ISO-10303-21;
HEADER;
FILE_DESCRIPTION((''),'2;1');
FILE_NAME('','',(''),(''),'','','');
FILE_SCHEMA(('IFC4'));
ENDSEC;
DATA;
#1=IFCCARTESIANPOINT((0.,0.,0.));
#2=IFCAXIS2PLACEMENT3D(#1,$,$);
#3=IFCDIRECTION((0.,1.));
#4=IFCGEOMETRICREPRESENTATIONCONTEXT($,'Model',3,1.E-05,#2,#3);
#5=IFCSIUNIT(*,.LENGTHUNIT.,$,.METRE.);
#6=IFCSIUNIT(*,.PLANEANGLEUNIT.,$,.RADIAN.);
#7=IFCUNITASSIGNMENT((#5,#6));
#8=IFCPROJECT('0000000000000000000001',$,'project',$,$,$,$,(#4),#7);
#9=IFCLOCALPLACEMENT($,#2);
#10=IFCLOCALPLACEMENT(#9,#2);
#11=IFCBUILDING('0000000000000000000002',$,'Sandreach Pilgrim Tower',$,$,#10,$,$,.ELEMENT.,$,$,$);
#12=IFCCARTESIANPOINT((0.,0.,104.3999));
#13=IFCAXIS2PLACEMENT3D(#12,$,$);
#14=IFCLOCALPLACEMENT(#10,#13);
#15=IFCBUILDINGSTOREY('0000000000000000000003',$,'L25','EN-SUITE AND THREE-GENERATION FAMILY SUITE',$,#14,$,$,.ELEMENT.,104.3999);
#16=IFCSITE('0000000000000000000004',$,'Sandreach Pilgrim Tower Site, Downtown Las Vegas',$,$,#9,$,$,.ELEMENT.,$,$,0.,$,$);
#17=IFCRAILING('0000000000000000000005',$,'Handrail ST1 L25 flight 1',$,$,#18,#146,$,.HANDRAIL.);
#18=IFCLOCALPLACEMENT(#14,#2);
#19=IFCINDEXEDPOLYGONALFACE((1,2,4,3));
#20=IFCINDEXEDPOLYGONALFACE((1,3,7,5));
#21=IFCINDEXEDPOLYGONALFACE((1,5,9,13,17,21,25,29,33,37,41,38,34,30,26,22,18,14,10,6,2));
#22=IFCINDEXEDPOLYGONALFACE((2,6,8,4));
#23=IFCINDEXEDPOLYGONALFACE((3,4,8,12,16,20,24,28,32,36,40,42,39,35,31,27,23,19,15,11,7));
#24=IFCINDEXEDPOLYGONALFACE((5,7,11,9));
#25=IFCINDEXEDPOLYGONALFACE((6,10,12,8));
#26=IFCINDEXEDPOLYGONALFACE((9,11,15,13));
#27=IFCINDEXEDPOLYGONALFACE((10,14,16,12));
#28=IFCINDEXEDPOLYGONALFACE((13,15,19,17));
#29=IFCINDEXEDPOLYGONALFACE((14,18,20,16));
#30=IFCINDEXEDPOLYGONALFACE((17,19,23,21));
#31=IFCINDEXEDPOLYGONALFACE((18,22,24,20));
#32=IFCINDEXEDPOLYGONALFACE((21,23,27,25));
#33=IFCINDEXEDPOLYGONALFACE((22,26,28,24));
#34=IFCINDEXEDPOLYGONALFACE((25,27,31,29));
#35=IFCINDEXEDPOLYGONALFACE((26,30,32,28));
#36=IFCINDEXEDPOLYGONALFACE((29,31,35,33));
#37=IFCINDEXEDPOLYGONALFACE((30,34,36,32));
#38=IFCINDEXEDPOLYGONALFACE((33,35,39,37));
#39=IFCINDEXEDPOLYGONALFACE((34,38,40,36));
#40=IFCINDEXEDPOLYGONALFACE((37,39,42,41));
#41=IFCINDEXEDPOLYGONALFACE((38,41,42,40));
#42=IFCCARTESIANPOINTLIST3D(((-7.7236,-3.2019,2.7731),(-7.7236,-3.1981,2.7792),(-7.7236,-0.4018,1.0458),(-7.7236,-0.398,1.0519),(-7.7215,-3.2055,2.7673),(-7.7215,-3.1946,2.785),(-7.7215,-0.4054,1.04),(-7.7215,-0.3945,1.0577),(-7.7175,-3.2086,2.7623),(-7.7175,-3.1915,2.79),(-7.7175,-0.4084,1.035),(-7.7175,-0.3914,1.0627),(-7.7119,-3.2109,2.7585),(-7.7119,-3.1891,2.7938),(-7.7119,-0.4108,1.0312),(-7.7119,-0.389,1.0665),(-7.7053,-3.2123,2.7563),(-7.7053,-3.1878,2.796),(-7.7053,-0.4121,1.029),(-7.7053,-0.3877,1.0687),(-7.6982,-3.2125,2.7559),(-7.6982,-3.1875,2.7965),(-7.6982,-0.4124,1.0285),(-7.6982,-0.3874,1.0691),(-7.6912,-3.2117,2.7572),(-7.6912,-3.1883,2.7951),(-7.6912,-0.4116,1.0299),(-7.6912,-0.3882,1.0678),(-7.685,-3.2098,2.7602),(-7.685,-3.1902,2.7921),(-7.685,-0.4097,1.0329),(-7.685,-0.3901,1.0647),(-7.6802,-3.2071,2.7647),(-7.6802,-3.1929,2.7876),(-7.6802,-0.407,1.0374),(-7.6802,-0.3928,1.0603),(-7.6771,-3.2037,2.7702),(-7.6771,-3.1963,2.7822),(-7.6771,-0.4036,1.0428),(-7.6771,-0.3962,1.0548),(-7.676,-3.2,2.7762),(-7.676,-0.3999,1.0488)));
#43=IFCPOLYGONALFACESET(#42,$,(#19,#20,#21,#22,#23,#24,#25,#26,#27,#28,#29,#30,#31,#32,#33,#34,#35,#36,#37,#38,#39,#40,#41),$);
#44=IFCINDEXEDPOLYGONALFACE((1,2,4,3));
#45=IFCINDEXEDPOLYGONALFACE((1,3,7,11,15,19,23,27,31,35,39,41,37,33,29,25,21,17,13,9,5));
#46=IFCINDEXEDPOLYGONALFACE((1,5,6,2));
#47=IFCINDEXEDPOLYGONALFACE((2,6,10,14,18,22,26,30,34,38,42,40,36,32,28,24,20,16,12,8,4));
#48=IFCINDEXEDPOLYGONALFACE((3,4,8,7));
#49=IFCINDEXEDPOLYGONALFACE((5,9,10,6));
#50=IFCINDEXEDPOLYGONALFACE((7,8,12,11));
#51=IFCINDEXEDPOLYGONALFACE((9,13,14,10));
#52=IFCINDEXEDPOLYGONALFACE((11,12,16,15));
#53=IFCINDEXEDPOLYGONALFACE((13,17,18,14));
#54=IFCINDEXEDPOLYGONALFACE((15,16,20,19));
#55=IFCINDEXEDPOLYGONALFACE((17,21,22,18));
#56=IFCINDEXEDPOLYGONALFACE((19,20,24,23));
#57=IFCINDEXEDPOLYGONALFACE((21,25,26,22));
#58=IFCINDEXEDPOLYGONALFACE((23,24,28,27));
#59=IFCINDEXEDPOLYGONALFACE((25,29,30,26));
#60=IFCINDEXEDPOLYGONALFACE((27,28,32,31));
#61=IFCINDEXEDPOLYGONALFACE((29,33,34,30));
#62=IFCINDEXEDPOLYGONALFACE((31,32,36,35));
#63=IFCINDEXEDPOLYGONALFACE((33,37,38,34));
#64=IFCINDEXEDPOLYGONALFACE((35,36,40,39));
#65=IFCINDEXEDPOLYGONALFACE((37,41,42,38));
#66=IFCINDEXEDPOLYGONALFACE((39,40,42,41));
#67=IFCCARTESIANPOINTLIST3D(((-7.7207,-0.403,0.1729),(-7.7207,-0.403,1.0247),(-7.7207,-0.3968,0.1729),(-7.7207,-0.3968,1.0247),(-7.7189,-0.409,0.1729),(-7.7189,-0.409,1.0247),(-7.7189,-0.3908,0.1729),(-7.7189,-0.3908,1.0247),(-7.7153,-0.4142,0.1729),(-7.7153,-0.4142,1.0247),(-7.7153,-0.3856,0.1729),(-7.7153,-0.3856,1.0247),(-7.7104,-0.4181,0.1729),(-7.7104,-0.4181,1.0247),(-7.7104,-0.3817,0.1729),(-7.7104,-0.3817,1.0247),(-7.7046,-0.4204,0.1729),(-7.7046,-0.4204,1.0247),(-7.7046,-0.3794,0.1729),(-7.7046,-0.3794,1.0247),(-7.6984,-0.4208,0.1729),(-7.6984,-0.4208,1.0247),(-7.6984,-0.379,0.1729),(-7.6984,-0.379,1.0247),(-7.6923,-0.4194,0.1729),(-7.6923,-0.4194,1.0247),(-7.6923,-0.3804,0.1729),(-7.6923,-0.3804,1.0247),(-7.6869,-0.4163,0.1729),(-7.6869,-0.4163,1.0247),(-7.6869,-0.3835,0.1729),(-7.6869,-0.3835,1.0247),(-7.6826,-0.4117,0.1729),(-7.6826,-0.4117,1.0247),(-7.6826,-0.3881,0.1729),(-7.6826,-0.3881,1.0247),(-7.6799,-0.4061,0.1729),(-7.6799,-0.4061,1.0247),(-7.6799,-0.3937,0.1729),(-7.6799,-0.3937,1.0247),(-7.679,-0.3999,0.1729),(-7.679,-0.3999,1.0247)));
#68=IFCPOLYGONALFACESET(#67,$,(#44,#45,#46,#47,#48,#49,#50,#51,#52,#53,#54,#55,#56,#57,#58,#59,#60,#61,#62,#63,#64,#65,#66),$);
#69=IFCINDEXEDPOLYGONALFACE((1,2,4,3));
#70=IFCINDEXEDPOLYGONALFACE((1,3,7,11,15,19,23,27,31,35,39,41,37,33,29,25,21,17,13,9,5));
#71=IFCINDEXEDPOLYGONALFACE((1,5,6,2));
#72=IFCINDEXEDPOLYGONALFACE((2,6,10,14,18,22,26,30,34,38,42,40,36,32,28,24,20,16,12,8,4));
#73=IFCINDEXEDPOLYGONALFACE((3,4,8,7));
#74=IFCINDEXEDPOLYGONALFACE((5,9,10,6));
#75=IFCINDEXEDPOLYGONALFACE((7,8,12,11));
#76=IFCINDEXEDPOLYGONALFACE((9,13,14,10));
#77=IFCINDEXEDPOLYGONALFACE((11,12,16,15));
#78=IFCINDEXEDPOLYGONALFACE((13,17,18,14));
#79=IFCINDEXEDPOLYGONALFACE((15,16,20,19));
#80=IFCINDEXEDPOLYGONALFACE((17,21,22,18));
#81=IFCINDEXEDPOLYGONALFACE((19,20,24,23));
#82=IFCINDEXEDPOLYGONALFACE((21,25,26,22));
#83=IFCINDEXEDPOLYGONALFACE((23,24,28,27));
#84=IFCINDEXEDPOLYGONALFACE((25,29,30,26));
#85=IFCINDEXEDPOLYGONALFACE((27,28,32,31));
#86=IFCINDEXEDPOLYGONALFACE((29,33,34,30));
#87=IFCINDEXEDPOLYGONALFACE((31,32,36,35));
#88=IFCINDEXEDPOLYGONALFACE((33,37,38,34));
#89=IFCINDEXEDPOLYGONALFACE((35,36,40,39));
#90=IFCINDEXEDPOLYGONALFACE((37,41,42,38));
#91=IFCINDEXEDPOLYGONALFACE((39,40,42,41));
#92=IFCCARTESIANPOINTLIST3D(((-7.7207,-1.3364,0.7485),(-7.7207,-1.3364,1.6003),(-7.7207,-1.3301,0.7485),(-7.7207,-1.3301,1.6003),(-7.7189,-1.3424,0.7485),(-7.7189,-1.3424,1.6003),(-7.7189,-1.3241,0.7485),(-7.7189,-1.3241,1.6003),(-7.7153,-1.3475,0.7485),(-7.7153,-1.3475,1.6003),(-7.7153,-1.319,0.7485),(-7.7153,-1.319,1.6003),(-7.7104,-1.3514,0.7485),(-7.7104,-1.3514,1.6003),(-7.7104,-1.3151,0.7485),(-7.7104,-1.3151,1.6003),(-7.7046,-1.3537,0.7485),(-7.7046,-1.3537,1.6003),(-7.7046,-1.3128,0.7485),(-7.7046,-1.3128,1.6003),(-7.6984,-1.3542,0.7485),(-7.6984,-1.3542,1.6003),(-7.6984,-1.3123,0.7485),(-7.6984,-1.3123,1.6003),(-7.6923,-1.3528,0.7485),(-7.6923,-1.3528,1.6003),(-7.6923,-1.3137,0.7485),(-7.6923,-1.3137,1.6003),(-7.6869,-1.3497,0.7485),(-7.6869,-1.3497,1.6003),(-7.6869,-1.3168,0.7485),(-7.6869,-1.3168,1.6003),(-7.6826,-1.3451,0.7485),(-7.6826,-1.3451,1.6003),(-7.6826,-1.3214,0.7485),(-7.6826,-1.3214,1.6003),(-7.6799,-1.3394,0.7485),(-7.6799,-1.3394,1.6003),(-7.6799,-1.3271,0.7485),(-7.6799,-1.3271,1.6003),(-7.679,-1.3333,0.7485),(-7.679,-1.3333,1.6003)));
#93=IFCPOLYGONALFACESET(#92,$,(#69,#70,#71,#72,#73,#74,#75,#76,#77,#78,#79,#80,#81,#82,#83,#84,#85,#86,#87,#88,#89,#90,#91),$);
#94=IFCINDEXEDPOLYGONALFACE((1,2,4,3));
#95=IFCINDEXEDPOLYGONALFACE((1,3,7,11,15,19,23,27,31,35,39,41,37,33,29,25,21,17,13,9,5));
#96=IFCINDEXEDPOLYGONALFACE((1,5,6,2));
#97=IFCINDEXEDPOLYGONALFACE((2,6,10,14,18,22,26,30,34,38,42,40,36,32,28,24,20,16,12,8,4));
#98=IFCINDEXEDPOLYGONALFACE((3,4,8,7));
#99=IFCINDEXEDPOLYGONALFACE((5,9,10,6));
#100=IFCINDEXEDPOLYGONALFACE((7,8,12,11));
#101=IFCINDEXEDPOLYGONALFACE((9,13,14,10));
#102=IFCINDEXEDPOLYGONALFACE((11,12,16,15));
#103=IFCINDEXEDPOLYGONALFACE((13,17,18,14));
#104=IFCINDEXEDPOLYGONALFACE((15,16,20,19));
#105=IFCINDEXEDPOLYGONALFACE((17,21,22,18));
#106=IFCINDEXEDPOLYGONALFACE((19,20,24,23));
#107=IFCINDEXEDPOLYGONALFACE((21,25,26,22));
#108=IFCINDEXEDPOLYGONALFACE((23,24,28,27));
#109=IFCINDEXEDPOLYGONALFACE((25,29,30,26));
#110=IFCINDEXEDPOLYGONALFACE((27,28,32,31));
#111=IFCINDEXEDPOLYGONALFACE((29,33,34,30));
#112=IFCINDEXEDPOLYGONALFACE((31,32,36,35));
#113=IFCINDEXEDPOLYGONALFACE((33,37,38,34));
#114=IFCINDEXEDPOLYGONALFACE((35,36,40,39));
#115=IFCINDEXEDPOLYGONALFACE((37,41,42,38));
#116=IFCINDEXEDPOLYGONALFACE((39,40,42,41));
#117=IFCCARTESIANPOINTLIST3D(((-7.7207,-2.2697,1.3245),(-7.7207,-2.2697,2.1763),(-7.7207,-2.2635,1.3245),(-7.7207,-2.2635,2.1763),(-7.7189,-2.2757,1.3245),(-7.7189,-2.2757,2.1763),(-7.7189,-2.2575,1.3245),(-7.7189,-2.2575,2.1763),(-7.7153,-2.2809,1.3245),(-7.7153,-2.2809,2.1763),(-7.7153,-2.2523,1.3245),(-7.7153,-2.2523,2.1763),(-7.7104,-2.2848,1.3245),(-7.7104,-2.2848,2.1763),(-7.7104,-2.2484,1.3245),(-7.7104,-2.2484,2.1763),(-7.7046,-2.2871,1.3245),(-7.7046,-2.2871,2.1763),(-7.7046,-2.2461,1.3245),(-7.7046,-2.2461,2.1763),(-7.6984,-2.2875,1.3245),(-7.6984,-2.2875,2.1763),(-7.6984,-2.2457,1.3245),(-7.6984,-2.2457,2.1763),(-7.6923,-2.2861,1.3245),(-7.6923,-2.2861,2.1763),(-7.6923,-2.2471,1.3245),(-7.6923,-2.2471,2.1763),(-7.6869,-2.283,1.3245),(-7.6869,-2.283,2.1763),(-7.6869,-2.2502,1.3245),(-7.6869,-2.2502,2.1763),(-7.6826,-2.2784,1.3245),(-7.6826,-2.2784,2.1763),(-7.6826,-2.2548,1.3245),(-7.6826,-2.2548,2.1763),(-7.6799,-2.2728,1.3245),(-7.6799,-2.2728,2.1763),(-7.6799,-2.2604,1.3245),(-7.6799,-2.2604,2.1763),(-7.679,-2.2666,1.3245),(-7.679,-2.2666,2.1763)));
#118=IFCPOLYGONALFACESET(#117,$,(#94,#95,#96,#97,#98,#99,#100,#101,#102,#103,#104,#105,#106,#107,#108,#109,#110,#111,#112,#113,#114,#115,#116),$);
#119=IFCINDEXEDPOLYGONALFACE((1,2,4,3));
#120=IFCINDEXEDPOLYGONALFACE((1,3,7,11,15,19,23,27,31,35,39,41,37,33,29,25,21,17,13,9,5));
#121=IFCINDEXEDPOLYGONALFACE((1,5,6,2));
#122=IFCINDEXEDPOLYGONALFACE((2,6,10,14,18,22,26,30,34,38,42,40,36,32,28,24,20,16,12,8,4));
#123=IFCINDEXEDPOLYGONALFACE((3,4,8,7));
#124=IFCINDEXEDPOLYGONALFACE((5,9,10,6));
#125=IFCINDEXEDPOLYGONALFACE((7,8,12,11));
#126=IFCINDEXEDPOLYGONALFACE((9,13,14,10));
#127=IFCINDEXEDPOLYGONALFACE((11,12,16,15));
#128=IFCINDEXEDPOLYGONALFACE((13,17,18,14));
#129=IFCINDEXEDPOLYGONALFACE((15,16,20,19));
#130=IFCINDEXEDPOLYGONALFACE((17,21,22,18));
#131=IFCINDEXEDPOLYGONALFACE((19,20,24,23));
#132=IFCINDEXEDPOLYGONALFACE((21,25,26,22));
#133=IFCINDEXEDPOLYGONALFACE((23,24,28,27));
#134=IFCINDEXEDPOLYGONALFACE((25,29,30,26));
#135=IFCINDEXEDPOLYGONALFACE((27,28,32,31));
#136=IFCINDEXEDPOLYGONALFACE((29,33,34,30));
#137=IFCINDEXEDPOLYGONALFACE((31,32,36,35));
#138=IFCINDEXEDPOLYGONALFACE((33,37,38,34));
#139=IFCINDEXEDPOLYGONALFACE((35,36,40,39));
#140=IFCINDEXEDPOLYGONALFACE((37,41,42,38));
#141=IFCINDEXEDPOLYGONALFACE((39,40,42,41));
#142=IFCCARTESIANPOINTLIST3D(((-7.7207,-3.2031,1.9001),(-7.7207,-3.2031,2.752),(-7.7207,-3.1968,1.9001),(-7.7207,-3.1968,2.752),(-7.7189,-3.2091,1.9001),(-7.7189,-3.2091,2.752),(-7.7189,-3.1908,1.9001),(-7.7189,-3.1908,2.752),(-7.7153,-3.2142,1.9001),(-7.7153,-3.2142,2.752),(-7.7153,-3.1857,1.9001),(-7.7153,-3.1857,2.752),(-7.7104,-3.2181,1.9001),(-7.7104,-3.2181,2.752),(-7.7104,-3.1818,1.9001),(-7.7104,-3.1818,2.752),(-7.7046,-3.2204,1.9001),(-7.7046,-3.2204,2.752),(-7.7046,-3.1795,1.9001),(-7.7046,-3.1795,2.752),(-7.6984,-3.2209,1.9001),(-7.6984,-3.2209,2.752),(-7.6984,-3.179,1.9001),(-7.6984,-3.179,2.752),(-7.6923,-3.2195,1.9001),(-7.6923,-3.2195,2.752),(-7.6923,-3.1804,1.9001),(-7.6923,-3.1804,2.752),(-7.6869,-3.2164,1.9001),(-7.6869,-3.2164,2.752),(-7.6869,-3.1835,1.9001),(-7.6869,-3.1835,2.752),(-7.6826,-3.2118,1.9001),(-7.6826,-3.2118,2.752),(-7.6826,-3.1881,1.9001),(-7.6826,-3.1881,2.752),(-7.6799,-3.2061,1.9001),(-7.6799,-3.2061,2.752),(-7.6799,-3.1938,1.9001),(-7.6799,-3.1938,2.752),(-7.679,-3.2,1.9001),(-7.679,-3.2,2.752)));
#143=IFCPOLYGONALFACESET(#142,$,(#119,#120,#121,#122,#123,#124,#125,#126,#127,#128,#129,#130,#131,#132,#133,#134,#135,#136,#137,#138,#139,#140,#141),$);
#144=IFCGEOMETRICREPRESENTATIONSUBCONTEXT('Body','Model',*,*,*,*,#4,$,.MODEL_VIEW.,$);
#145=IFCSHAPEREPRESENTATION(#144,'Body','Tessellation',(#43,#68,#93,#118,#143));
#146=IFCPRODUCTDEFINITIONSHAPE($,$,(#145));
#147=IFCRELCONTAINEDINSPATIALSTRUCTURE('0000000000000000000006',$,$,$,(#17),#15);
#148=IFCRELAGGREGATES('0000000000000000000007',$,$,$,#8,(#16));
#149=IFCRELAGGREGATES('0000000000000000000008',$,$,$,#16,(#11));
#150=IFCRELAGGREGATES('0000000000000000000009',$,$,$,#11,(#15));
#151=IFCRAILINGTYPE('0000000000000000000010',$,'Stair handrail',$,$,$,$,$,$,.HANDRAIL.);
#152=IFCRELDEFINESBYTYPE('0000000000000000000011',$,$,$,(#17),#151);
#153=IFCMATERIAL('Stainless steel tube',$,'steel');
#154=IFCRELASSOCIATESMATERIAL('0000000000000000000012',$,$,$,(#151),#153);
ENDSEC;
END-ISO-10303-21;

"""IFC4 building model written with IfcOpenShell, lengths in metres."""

from ifc_helpers import new_model, si_unit, direction, frame, origin, origin_2d, place, context, subcontext, project, spatial, circle, extrude, material, type_object, element, save


model = new_model("IFC4")

# Units and contexts
model_context = context("Model", 3, precision=1e-05, world=origin(), true_north=direction((0.0, 1.0)))
body_context = subcontext(model_context, "Body", "Model", "MODEL_VIEW")
ifc_project = project(units=[si_unit("LENGTHUNIT", "METRE"), si_unit("PLANEANGLEUNIT", "RADIAN")], contexts=[model_context])

# Site, building, storey
site_placement = place(None, origin())
site = spatial("IfcSite", under=ifc_project, at=site_placement, Name="Sandreach Pilgrim Tower Site, Downtown Las Vegas", CompositionType="ELEMENT", RefElevation=0.0)
building_placement = place(site_placement, origin())
building = spatial("IfcBuilding", under=site, at=building_placement, Name="Sandreach Pilgrim Tower", CompositionType="ELEMENT")
storey_placement = place(building_placement, frame((0.0, 0.0, 104.3999)))
storey = spatial("IfcBuildingStorey", under=building, at=storey_placement, Name="L25", Description="EN-SUITE AND THREE-GENERATION FAMILY SUITE", CompositionType="ELEMENT", Elevation=104.3999)

# Railing
ifc_material_1 = material(Name="Stainless steel tube", Category="steel")
railing_type = type_object("IfcRailingType", Name="Stair handrail", PredefinedType="HANDRAIL", material=ifc_material_1)
for number, where, name in (
    (1, (-7.7, -0.3999, 0.1729), "Handrail ST1 L25 flight 1"),
):
    element("IfcRailing", number, at=place(storey_placement, frame(where)), inside=storey, type_object=railing_type, Name=name, PredefinedType="HANDRAIL", context=body_context, shape_type="SweptSolid", body=[
        extrude(circle(Radius=0.0239, at=origin_2d()), frame((0.0, 0.0, 0.876), z_axis=(0.0, -0.85109, 0.52502), x_axis=(1.0, 0.0, 0.0)), (0.0, 0.0, 1.0), 3.29),
        extrude(circle(Radius=0.021, at=origin_2d()), origin(), (0.0, 0.0, 1.0), 0.8518),
        extrude(circle(Radius=0.021, at=origin_2d()), frame((0.0, -0.9333, 0.5757)), (0.0, 0.0, 1.0), 0.8518),
        extrude(circle(Radius=0.021, at=origin_2d()), frame((0.0, -1.8667, 1.1516)), (0.0, 0.0, 1.0), 0.8518),
        extrude(circle(Radius=0.021, at=origin_2d()), frame((0.0, -2.8, 1.7273)), (0.0, 0.0, 1.0), 0.8518),
    ])

save(model, "model.ifc")
